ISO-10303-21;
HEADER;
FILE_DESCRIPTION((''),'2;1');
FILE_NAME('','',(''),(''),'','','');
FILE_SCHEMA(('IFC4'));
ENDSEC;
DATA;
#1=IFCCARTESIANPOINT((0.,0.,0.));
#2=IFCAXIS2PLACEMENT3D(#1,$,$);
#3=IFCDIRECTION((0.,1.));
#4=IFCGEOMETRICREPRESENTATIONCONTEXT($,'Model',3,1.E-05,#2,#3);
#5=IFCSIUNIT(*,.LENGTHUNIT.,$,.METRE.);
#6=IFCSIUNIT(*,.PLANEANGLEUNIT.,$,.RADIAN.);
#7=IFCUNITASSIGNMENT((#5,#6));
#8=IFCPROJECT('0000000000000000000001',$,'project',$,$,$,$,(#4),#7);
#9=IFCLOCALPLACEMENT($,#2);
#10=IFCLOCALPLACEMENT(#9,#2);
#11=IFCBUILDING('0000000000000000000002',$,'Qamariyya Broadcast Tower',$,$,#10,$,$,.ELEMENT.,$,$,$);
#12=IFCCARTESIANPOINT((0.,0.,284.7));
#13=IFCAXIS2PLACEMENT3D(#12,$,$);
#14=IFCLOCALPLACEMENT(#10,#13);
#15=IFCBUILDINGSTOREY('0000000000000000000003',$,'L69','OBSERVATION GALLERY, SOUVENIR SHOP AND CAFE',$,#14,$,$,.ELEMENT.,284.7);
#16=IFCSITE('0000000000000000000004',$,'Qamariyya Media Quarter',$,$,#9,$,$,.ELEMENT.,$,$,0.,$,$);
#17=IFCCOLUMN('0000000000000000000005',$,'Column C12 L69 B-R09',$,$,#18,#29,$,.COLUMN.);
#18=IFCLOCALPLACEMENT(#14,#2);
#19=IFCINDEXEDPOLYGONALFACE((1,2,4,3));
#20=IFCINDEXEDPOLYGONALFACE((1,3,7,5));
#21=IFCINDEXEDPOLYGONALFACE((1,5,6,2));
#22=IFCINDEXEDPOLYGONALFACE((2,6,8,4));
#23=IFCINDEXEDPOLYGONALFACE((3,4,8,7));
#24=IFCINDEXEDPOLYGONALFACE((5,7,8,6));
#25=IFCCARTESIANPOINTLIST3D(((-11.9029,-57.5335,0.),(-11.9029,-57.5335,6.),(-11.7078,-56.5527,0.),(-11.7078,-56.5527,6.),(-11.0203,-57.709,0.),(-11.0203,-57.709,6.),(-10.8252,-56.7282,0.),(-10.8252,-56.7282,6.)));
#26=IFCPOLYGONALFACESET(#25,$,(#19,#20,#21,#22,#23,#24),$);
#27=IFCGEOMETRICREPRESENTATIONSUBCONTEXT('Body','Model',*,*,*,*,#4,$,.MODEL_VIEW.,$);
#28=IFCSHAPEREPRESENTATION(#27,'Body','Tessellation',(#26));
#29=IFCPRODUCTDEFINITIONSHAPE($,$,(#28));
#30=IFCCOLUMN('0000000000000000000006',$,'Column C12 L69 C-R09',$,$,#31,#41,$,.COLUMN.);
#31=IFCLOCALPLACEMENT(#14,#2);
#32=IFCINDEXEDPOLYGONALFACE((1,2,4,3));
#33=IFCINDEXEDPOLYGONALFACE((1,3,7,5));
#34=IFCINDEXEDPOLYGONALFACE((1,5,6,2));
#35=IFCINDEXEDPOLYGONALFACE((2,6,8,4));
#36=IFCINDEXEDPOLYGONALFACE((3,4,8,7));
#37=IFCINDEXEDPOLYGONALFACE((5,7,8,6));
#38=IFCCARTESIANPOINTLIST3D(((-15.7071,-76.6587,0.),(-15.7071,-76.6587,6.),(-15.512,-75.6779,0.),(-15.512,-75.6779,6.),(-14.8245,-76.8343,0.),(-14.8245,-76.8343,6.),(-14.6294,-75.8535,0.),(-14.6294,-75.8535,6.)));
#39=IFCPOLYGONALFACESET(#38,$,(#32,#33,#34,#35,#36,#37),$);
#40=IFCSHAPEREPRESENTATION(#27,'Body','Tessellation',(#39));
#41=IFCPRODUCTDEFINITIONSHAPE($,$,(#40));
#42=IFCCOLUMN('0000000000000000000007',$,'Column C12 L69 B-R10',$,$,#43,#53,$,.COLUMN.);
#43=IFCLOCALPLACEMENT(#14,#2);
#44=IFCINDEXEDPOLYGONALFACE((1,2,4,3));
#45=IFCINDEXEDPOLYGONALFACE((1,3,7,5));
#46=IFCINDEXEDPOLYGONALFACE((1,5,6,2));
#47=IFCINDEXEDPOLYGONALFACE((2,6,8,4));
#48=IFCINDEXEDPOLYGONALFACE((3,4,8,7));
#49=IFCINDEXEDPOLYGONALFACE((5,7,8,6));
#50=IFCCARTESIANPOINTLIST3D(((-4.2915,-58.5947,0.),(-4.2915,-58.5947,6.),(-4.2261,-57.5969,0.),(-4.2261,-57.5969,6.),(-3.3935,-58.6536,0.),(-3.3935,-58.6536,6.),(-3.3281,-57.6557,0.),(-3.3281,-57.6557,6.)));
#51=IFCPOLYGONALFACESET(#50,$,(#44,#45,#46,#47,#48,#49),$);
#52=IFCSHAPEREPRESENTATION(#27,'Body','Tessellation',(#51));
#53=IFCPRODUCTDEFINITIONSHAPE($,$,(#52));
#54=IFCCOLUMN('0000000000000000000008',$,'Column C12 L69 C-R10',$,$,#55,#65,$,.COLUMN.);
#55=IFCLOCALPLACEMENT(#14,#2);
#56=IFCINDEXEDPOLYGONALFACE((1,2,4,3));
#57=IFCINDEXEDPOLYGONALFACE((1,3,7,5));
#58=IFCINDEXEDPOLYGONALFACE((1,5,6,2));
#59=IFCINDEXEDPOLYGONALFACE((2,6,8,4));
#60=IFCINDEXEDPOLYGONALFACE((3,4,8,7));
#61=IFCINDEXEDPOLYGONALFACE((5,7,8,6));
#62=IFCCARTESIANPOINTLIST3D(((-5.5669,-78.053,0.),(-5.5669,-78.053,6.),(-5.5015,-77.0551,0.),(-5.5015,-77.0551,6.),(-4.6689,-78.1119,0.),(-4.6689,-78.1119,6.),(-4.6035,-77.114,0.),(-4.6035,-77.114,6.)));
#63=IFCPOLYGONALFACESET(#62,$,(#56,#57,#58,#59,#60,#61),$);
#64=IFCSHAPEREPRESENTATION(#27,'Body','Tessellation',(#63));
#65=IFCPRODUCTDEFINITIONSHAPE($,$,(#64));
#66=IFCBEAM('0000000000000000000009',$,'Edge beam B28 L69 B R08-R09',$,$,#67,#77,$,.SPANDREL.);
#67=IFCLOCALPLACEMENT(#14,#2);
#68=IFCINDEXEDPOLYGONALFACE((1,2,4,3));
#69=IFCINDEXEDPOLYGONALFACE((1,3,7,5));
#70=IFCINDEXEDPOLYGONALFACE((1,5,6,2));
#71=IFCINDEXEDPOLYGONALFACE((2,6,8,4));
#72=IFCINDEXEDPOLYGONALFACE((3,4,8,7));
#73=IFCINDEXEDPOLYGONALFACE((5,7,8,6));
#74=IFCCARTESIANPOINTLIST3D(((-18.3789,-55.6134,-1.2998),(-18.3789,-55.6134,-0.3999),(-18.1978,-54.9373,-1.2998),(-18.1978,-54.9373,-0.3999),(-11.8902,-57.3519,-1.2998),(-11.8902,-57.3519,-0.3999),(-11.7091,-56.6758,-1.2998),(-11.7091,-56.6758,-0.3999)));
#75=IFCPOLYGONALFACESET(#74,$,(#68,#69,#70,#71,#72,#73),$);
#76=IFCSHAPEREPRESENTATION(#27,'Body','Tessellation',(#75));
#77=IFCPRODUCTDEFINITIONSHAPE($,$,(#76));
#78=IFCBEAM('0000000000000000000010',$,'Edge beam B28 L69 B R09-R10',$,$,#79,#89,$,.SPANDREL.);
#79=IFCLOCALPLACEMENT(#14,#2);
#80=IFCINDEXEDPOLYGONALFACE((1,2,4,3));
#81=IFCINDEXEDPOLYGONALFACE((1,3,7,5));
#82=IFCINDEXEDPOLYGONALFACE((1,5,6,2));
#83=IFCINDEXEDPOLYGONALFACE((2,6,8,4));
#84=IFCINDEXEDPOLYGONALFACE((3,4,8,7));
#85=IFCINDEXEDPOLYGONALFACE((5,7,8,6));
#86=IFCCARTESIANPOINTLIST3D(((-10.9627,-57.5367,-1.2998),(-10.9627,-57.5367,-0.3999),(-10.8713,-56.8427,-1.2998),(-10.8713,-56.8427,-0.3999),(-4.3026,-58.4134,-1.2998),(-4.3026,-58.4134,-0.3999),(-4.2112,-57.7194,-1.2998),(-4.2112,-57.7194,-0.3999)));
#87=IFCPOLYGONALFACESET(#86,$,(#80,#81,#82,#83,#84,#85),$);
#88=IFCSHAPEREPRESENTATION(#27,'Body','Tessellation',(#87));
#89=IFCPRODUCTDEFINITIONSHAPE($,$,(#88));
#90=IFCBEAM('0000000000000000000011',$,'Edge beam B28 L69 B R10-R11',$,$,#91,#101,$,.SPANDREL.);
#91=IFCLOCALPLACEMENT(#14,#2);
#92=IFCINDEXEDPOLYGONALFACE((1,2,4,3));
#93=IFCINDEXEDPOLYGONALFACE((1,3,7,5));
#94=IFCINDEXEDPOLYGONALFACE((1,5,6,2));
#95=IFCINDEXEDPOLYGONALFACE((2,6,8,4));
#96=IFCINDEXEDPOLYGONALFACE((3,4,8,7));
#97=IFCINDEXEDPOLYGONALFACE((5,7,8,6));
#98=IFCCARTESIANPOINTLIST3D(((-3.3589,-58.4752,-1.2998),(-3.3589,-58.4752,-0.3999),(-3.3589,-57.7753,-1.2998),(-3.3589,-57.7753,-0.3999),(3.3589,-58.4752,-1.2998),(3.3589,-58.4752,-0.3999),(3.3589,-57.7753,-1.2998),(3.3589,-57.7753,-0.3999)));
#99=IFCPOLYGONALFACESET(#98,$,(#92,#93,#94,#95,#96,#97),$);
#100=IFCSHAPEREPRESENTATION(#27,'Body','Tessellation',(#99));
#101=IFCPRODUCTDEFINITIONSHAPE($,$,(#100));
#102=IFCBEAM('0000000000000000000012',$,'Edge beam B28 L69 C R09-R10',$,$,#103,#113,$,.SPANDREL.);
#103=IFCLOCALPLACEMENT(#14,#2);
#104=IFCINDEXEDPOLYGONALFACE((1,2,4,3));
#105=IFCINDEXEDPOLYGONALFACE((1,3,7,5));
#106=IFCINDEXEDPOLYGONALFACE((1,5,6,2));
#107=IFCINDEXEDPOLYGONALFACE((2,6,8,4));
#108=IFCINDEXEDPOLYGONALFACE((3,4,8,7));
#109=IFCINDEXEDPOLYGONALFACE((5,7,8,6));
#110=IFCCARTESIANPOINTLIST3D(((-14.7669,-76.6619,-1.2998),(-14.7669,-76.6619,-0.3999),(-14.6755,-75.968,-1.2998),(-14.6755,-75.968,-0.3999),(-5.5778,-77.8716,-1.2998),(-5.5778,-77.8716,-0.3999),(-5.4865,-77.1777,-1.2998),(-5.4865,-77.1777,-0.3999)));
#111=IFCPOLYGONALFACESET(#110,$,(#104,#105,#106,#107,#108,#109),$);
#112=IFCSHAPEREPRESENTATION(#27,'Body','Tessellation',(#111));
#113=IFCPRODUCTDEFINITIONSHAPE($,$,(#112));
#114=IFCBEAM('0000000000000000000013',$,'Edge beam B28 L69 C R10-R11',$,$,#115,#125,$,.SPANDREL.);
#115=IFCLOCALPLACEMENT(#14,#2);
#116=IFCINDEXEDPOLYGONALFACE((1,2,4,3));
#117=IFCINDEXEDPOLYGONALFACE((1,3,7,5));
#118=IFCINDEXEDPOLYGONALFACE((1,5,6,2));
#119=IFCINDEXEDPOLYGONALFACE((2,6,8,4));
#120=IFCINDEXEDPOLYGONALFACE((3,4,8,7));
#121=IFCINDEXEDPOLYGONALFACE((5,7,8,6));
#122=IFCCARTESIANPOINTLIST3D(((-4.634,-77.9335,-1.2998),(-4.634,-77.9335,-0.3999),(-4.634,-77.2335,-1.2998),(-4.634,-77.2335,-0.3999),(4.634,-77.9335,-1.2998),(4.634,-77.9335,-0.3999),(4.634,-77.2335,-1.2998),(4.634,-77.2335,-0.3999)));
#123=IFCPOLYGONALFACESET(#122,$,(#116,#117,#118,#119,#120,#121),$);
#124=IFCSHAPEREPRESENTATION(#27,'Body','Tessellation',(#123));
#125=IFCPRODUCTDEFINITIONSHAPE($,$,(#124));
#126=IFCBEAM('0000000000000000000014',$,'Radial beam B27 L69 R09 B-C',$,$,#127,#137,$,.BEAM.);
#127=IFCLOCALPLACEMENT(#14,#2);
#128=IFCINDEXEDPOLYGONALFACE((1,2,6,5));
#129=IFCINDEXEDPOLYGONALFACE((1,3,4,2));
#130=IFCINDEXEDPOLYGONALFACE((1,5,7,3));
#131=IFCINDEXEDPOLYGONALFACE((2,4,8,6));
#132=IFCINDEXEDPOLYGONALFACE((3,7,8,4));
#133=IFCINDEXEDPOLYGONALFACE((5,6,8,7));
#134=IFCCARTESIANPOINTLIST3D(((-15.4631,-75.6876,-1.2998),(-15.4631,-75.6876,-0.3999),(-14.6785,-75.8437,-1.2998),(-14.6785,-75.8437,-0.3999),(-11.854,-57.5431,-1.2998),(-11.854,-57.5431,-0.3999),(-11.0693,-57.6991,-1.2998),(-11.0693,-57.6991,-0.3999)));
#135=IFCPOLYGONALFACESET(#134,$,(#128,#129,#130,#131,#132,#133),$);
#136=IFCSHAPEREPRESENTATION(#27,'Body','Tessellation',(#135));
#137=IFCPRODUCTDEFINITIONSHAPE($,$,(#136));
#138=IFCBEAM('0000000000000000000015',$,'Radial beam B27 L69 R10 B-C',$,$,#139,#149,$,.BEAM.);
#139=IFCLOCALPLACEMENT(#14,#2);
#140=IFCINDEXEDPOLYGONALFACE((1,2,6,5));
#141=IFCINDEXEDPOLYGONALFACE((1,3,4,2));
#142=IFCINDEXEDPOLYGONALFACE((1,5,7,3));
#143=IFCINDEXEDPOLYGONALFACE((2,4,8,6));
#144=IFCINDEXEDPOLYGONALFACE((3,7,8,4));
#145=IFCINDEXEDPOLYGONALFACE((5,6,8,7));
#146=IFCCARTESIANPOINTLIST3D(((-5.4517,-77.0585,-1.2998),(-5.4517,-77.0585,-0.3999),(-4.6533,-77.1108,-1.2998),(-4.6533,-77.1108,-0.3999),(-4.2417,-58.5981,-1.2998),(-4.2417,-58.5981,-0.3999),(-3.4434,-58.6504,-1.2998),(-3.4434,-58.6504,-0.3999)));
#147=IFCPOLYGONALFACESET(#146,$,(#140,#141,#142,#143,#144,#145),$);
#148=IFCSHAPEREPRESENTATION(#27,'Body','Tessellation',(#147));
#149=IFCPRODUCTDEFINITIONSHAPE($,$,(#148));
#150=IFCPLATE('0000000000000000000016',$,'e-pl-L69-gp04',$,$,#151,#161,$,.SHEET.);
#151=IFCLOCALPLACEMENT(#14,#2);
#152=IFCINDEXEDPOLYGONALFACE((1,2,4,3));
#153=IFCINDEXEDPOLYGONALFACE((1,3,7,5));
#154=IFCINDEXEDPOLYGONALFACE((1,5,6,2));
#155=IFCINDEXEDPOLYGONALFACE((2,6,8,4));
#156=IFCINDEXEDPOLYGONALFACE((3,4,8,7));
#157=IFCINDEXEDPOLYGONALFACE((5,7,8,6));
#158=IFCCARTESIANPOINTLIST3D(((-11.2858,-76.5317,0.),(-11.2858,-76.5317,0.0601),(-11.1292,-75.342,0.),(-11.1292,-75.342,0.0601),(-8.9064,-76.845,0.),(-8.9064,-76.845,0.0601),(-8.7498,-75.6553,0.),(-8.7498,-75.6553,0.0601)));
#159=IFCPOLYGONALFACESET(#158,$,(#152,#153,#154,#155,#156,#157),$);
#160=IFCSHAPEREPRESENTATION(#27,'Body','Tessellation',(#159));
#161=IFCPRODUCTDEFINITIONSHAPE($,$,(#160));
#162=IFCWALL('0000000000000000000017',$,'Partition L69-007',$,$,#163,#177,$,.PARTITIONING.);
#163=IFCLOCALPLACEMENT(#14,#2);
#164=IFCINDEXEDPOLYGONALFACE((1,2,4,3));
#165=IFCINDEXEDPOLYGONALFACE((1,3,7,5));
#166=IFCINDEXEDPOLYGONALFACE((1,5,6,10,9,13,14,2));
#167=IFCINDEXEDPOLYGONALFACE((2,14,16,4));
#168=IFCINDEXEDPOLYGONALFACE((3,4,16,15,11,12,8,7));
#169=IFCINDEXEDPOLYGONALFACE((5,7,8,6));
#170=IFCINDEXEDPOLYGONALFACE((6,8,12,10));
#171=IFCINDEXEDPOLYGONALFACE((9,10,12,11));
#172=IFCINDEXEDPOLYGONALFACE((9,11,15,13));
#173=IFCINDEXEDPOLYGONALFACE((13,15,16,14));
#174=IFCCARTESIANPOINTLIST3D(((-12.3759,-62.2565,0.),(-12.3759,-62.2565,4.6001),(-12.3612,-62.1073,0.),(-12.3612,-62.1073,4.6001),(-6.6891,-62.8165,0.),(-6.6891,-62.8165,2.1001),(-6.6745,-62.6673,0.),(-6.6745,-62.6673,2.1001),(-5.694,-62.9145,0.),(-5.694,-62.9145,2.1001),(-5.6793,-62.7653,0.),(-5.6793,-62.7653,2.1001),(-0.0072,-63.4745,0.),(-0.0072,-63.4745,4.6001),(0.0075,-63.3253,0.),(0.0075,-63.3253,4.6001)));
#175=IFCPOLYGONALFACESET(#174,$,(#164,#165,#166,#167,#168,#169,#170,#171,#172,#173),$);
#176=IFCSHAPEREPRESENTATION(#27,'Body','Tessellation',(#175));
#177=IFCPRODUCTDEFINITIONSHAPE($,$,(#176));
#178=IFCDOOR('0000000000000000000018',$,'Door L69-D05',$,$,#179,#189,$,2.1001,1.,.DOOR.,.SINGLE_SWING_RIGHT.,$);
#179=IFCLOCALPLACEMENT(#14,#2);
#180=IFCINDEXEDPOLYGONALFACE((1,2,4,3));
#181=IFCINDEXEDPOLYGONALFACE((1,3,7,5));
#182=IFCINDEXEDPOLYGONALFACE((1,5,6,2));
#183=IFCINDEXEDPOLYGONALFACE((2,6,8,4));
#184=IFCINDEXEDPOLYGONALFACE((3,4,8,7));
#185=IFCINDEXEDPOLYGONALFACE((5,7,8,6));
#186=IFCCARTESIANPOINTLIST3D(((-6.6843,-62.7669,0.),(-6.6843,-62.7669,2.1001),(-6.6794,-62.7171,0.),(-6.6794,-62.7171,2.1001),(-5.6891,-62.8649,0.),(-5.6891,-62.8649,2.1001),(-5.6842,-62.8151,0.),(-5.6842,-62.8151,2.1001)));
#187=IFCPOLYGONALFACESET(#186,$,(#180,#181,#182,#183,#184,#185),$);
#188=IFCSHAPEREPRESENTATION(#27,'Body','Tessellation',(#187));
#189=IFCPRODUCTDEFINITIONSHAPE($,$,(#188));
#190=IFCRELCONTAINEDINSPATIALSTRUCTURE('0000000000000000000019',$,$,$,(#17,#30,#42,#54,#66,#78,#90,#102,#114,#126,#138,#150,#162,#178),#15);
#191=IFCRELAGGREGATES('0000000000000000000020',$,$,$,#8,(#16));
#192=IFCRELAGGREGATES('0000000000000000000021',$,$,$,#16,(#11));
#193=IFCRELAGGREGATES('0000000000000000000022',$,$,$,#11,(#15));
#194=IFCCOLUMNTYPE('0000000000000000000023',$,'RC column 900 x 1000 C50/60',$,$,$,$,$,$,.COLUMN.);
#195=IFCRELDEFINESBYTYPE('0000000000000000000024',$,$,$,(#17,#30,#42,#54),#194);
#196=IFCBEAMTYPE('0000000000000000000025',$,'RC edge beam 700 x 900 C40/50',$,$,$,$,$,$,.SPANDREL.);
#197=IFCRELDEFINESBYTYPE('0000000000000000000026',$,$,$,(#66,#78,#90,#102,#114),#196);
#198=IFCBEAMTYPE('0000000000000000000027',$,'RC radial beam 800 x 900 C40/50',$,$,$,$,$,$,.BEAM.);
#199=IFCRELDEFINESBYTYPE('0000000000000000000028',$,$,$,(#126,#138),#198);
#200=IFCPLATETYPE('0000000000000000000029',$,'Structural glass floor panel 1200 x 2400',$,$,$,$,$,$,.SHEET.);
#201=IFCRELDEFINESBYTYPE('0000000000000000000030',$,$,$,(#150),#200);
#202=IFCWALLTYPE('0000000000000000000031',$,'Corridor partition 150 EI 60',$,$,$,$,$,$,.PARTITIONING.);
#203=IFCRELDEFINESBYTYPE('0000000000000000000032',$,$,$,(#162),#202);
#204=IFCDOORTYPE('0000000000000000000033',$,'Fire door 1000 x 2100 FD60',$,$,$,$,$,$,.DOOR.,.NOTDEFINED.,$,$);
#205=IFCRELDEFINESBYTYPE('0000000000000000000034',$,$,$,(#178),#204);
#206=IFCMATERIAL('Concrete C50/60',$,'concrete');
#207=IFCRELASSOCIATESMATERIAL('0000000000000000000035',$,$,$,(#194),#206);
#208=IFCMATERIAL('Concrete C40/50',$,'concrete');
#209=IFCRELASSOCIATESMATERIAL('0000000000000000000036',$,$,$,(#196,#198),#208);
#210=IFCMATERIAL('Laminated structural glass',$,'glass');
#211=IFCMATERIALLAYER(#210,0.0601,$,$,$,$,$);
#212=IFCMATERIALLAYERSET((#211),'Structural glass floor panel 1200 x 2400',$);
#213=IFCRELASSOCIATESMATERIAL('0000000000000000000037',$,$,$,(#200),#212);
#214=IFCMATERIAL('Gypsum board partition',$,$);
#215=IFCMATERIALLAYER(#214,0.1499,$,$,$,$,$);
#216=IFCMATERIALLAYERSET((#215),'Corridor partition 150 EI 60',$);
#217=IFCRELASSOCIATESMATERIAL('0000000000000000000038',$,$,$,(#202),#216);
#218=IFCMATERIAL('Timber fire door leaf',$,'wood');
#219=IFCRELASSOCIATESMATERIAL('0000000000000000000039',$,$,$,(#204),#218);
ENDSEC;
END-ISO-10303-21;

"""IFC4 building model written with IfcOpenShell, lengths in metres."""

from ifc_helpers import new_model, si_unit, direction, frame, frame_2d, origin, origin_2d, place, context, subcontext, project, spatial, rectangle, extrude, material, layer, layer_set, material_profile, profile_set, type_object, element, fill, save


model = new_model("IFC4")

# Units and contexts
model_context = context("Model", 3, precision=1e-05, world=origin(), true_north=direction((0.0, 1.0)))
body_context = subcontext(model_context, "Body", "Model", "MODEL_VIEW")
ifc_project = project(units=[si_unit("LENGTHUNIT", "METRE"), si_unit("PLANEANGLEUNIT", "RADIAN")], contexts=[model_context])

# Site, building, storey
site_placement = place(None, origin())
site = spatial("IfcSite", under=ifc_project, at=site_placement, Name="Qamariyya Media Quarter", CompositionType="ELEMENT", RefElevation=0.0)
building_placement = place(site_placement, origin())
building = spatial("IfcBuilding", under=site, at=building_placement, Name="Qamariyya Broadcast Tower", CompositionType="ELEMENT")
storey_placement = place(building_placement, frame((0.0, 0.0, 284.7)))
storey = spatial("IfcBuildingStorey", under=building, at=storey_placement, Name="L69", Description="OBSERVATION GALLERY, SOUVENIR SHOP AND CAFE", CompositionType="ELEMENT", Elevation=284.7)

# Columns
ifc_material_1 = material(Name="Concrete C50/60", Category="concrete")
ifc_material_profile_1 = material_profile(ifc_material_1, rectangle(XDim=0.8999, YDim=1.0, at=origin_2d()))
ifc_profile_set_1 = profile_set([ifc_material_profile_1], Name="Concrete C50/60")
column_type = type_object("IfcColumnType", Name="RC column 900 x 1000 C50/60", PredefinedType="COLUMN", material=ifc_profile_set_1)
for number, where, z_axis, x_axis, name in (
    (1, (-11.364, -57.1309, 0.0), (0.0, 0.0, 1.0), (0.980785, -0.19509, 0.0), "Column C12 L69 B-R09"),
    (2, (-15.1682, -76.2561, 0.0), (0.0, 0.0, 1.0), (0.980785, -0.19509, 0.0), "Column C12 L69 C-R09"),
    (3, (-3.8098, -58.1252, 0.0), (0.0, 0.0, 1.0), (0.997859, -0.065403, 0.0), "Column C12 L69 B-R10"),
    (4, (-5.0852, -77.5835, 0.0), (0.0, 0.0, 1.0), (0.997859, -0.065403, 0.0), "Column C12 L69 C-R10"),
):
    element("IfcColumn", number, at=place(storey_placement, frame(where, z_axis=z_axis, x_axis=x_axis)), inside=storey, type_object=column_type, Name=name, PredefinedType="COLUMN", context=body_context, shape_type="SweptSolid", body=[
        extrude(rectangle(XDim=0.8999, YDim=1.0, at=origin_2d()), origin(), (0.0, 0.0, 1.0), 6.0),
    ])

# Beams
ifc_material_2 = material(Name="Concrete C40/50", Category="concrete")
ifc_material_profile_2 = material_profile(ifc_material_2, rectangle(XDim=0.7, YDim=0.8999, at=origin_2d()))
ifc_profile_set_2 = profile_set([ifc_material_profile_2], Name="Concrete C40/50")
beam_type_1 = type_object("IfcBeamType", Name="RC edge beam 700 x 900 C40/50", PredefinedType="SPANDREL", material=ifc_profile_set_2)
for number, where, z_axis, x_axis, name in (
    (5, (-18.2883, -55.2754, -0.8499), (0.965931, -0.2588, 0.0), (0.2588, 0.965931, 0.0), "Edge beam B28 L69 B R08-R09"),
    (6, (-10.917, -57.1897, -0.8499), (0.991447, -0.130509, 0.0), (0.130509, 0.991447, 0.0), "Edge beam B28 L69 B R09-R10"),
):
    element("IfcBeam", number, at=place(storey_placement, frame(where, z_axis=z_axis, x_axis=x_axis)), inside=storey, type_object=beam_type_1, Name=name, PredefinedType="SPANDREL", context=body_context, shape_type="SweptSolid", body=[
        extrude(rectangle(XDim=0.7, YDim=0.8999, at=origin_2d()), origin(), (0.0, 0.0, 1.0), 6.7175),
    ])
beam_1_placement = place(storey_placement, frame((-3.3589, -58.1252, -0.8499), z_axis=(1.0, 0.0, 0.0), x_axis=(0.0, 1.0, 0.0)))
element("IfcBeam", 7, at=beam_1_placement, inside=storey, type_object=beam_type_1, Name="Edge beam B28 L69 B R10-R11", PredefinedType="SPANDREL", context=body_context, shape_type="SweptSolid", body=[
    extrude(rectangle(XDim=0.7, YDim=0.8999, at=origin_2d()), origin(), (0.0, 0.0, 1.0), 6.7178),
])
beam_2_placement = place(storey_placement, frame((-14.7212, -76.3149, -0.8499), z_axis=(0.991445, -0.130523, 0.0), x_axis=(0.130523, 0.991445, 0.0)))
element("IfcBeam", 8, at=beam_2_placement, inside=storey, type_object=beam_type_1, Name="Edge beam B28 L69 C R09-R10", PredefinedType="SPANDREL", context=body_context, shape_type="SweptSolid", body=[
    extrude(rectangle(XDim=0.7, YDim=0.8999, at=origin_2d()), origin(), (0.0, 0.0, 1.0), 9.2683),
])
beam_3_placement = place(storey_placement, frame((-4.634, -77.5835, -0.8499), z_axis=(1.0, 0.0, 0.0), x_axis=(0.0, 1.0, 0.0)))
element("IfcBeam", 9, at=beam_3_placement, inside=storey, type_object=beam_type_1, Name="Edge beam B28 L69 C R10-R11", PredefinedType="SPANDREL", context=body_context, shape_type="SweptSolid", body=[
    extrude(rectangle(XDim=0.7, YDim=0.8999, at=origin_2d()), origin(), (0.0, 0.0, 1.0), 9.2681),
])
ifc_material_profile_3 = material_profile(ifc_material_2, rectangle(XDim=0.8, YDim=0.8999, at=origin_2d()))
ifc_profile_set_3 = profile_set([ifc_material_profile_3], Name="Concrete C40/50")
beam_type_2 = type_object("IfcBeamType", Name="RC radial beam 800 x 900 C40/50", PredefinedType="BEAM", material=ifc_profile_set_3)
for number, where, z_axis, x_axis, name in (
    (10, (-11.4617, -57.6211, -0.8499), (-0.195088, -0.980786, 0.0), (0.980786, -0.195088, 0.0), "Radial beam B27 L69 R09 B-C"),
    (11, (-3.8425, -58.6243, -0.8499), (-0.065403, -0.997859, 0.0), (0.997859, -0.065403, 0.0), "Radial beam B27 L69 R10 B-C"),
):
    element("IfcBeam", number, at=place(storey_placement, frame(where, z_axis=z_axis, x_axis=x_axis)), inside=storey, type_object=beam_type_2, Name=name, PredefinedType="BEAM", context=body_context, shape_type="SweptSolid", body=[
        extrude(rectangle(XDim=0.8, YDim=0.8999, at=origin_2d()), origin(), (0.0, 0.0, 1.0), 18.5),
    ])

# Plate
ifc_material_3 = material(Name="Laminated structural glass", Category="glass")
ifc_layer_1 = layer(ifc_material_3, 0.0601)
ifc_layer_set_1 = layer_set([ifc_layer_1], Name="Structural glass floor panel 1200 x 2400")
plate_type = type_object("IfcPlateType", Name="Structural glass floor panel 1200 x 2400", PredefinedType="SHEET", material=ifc_layer_set_1)
plate_placement = place(storey_placement, frame((-10.0178, -76.0935, 0.0), z_axis=(0.0, 0.0, 1.0), x_axis=(0.991445, -0.130526, 0.0)))
element("IfcPlate", 12, at=plate_placement, inside=storey, type_object=plate_type, Name="e-pl-L69-gp04", PredefinedType="SHEET", context=body_context, shape_type="SweptSolid", body=[
    extrude(rectangle(XDim=2.3999, YDim=1.2, at=origin_2d()), origin(), (0.0, 0.0, 1.0), 0.0601),
])

# Wall, opening, door
ifc_material_4 = material(Name="Gypsum board partition")
ifc_layer_2 = layer(ifc_material_4, 0.1499)
ifc_layer_set_2 = layer_set([ifc_layer_2], Name="Corridor partition 150 EI 60")
wall_type_1 = type_object("IfcWallType", Name="Corridor partition 150 EI 60", PredefinedType="PARTITIONING", material=ifc_layer_set_2)
wall_1_placement = place(storey_placement, frame((-12.3687, -62.1819, 0.0), z_axis=(0.0, 0.0, 1.0), x_axis=(0.995186, -0.098002, 0.0)))
wall_1 = element("IfcWall", 13, at=wall_1_placement, inside=storey, type_object=wall_type_1, Name="Partition L69-007", PredefinedType="PARTITIONING", context=body_context, shape_type="SweptSolid", body=[
    extrude(rectangle(XDim=12.4285, YDim=0.1499, at=frame_2d((6.2144, 0.0))), origin(), (0.0, 0.0, 1.0), 4.6001),
])
opening_placement = place(wall_1_placement, frame((5.7144, 0.0, 0.0)))
opening = element("IfcOpeningElement", 14, at=opening_placement, cuts=wall_1, PredefinedType="OPENING", context=body_context, shape_type="SweptSolid", body=[
    extrude(rectangle(XDim=1.0, YDim=2.1001, at=frame_2d((0.5, 1.05))), frame((0.0, 0.085, 0.0), z_axis=(0.0, -1.0, 0.0), x_axis=(1.0, 0.0, 0.0)), (0.0, 0.0, 1.0), 0.1699),
])
ifc_material_5 = material(Name="Timber fire door leaf", Category="wood")
door_type = type_object("IfcDoorType", Name="Fire door 1000 x 2100 FD60", OperationType="NOTDEFINED", PredefinedType="DOOR", material=ifc_material_5)
door_placement = place(opening_placement, origin())
door = element("IfcDoor", 15, at=door_placement, inside=storey, type_object=door_type, Name="Door L69-D05", OperationType="SINGLE_SWING_RIGHT", OverallHeight=2.1001, OverallWidth=1.0, PredefinedType="DOOR", context=body_context, shape_type="SweptSolid", body=[
    extrude(rectangle(XDim=1.0, YDim=2.1001, at=frame_2d((0.5, 1.05))), frame((0.0, 0.0249, 0.0), z_axis=(0.0, -1.0, 0.0), x_axis=(1.0, 0.0, 0.0)), (0.0, 0.0, 1.0), 0.05),
])
fill(opening, door)

save(model, "model.ifc")
